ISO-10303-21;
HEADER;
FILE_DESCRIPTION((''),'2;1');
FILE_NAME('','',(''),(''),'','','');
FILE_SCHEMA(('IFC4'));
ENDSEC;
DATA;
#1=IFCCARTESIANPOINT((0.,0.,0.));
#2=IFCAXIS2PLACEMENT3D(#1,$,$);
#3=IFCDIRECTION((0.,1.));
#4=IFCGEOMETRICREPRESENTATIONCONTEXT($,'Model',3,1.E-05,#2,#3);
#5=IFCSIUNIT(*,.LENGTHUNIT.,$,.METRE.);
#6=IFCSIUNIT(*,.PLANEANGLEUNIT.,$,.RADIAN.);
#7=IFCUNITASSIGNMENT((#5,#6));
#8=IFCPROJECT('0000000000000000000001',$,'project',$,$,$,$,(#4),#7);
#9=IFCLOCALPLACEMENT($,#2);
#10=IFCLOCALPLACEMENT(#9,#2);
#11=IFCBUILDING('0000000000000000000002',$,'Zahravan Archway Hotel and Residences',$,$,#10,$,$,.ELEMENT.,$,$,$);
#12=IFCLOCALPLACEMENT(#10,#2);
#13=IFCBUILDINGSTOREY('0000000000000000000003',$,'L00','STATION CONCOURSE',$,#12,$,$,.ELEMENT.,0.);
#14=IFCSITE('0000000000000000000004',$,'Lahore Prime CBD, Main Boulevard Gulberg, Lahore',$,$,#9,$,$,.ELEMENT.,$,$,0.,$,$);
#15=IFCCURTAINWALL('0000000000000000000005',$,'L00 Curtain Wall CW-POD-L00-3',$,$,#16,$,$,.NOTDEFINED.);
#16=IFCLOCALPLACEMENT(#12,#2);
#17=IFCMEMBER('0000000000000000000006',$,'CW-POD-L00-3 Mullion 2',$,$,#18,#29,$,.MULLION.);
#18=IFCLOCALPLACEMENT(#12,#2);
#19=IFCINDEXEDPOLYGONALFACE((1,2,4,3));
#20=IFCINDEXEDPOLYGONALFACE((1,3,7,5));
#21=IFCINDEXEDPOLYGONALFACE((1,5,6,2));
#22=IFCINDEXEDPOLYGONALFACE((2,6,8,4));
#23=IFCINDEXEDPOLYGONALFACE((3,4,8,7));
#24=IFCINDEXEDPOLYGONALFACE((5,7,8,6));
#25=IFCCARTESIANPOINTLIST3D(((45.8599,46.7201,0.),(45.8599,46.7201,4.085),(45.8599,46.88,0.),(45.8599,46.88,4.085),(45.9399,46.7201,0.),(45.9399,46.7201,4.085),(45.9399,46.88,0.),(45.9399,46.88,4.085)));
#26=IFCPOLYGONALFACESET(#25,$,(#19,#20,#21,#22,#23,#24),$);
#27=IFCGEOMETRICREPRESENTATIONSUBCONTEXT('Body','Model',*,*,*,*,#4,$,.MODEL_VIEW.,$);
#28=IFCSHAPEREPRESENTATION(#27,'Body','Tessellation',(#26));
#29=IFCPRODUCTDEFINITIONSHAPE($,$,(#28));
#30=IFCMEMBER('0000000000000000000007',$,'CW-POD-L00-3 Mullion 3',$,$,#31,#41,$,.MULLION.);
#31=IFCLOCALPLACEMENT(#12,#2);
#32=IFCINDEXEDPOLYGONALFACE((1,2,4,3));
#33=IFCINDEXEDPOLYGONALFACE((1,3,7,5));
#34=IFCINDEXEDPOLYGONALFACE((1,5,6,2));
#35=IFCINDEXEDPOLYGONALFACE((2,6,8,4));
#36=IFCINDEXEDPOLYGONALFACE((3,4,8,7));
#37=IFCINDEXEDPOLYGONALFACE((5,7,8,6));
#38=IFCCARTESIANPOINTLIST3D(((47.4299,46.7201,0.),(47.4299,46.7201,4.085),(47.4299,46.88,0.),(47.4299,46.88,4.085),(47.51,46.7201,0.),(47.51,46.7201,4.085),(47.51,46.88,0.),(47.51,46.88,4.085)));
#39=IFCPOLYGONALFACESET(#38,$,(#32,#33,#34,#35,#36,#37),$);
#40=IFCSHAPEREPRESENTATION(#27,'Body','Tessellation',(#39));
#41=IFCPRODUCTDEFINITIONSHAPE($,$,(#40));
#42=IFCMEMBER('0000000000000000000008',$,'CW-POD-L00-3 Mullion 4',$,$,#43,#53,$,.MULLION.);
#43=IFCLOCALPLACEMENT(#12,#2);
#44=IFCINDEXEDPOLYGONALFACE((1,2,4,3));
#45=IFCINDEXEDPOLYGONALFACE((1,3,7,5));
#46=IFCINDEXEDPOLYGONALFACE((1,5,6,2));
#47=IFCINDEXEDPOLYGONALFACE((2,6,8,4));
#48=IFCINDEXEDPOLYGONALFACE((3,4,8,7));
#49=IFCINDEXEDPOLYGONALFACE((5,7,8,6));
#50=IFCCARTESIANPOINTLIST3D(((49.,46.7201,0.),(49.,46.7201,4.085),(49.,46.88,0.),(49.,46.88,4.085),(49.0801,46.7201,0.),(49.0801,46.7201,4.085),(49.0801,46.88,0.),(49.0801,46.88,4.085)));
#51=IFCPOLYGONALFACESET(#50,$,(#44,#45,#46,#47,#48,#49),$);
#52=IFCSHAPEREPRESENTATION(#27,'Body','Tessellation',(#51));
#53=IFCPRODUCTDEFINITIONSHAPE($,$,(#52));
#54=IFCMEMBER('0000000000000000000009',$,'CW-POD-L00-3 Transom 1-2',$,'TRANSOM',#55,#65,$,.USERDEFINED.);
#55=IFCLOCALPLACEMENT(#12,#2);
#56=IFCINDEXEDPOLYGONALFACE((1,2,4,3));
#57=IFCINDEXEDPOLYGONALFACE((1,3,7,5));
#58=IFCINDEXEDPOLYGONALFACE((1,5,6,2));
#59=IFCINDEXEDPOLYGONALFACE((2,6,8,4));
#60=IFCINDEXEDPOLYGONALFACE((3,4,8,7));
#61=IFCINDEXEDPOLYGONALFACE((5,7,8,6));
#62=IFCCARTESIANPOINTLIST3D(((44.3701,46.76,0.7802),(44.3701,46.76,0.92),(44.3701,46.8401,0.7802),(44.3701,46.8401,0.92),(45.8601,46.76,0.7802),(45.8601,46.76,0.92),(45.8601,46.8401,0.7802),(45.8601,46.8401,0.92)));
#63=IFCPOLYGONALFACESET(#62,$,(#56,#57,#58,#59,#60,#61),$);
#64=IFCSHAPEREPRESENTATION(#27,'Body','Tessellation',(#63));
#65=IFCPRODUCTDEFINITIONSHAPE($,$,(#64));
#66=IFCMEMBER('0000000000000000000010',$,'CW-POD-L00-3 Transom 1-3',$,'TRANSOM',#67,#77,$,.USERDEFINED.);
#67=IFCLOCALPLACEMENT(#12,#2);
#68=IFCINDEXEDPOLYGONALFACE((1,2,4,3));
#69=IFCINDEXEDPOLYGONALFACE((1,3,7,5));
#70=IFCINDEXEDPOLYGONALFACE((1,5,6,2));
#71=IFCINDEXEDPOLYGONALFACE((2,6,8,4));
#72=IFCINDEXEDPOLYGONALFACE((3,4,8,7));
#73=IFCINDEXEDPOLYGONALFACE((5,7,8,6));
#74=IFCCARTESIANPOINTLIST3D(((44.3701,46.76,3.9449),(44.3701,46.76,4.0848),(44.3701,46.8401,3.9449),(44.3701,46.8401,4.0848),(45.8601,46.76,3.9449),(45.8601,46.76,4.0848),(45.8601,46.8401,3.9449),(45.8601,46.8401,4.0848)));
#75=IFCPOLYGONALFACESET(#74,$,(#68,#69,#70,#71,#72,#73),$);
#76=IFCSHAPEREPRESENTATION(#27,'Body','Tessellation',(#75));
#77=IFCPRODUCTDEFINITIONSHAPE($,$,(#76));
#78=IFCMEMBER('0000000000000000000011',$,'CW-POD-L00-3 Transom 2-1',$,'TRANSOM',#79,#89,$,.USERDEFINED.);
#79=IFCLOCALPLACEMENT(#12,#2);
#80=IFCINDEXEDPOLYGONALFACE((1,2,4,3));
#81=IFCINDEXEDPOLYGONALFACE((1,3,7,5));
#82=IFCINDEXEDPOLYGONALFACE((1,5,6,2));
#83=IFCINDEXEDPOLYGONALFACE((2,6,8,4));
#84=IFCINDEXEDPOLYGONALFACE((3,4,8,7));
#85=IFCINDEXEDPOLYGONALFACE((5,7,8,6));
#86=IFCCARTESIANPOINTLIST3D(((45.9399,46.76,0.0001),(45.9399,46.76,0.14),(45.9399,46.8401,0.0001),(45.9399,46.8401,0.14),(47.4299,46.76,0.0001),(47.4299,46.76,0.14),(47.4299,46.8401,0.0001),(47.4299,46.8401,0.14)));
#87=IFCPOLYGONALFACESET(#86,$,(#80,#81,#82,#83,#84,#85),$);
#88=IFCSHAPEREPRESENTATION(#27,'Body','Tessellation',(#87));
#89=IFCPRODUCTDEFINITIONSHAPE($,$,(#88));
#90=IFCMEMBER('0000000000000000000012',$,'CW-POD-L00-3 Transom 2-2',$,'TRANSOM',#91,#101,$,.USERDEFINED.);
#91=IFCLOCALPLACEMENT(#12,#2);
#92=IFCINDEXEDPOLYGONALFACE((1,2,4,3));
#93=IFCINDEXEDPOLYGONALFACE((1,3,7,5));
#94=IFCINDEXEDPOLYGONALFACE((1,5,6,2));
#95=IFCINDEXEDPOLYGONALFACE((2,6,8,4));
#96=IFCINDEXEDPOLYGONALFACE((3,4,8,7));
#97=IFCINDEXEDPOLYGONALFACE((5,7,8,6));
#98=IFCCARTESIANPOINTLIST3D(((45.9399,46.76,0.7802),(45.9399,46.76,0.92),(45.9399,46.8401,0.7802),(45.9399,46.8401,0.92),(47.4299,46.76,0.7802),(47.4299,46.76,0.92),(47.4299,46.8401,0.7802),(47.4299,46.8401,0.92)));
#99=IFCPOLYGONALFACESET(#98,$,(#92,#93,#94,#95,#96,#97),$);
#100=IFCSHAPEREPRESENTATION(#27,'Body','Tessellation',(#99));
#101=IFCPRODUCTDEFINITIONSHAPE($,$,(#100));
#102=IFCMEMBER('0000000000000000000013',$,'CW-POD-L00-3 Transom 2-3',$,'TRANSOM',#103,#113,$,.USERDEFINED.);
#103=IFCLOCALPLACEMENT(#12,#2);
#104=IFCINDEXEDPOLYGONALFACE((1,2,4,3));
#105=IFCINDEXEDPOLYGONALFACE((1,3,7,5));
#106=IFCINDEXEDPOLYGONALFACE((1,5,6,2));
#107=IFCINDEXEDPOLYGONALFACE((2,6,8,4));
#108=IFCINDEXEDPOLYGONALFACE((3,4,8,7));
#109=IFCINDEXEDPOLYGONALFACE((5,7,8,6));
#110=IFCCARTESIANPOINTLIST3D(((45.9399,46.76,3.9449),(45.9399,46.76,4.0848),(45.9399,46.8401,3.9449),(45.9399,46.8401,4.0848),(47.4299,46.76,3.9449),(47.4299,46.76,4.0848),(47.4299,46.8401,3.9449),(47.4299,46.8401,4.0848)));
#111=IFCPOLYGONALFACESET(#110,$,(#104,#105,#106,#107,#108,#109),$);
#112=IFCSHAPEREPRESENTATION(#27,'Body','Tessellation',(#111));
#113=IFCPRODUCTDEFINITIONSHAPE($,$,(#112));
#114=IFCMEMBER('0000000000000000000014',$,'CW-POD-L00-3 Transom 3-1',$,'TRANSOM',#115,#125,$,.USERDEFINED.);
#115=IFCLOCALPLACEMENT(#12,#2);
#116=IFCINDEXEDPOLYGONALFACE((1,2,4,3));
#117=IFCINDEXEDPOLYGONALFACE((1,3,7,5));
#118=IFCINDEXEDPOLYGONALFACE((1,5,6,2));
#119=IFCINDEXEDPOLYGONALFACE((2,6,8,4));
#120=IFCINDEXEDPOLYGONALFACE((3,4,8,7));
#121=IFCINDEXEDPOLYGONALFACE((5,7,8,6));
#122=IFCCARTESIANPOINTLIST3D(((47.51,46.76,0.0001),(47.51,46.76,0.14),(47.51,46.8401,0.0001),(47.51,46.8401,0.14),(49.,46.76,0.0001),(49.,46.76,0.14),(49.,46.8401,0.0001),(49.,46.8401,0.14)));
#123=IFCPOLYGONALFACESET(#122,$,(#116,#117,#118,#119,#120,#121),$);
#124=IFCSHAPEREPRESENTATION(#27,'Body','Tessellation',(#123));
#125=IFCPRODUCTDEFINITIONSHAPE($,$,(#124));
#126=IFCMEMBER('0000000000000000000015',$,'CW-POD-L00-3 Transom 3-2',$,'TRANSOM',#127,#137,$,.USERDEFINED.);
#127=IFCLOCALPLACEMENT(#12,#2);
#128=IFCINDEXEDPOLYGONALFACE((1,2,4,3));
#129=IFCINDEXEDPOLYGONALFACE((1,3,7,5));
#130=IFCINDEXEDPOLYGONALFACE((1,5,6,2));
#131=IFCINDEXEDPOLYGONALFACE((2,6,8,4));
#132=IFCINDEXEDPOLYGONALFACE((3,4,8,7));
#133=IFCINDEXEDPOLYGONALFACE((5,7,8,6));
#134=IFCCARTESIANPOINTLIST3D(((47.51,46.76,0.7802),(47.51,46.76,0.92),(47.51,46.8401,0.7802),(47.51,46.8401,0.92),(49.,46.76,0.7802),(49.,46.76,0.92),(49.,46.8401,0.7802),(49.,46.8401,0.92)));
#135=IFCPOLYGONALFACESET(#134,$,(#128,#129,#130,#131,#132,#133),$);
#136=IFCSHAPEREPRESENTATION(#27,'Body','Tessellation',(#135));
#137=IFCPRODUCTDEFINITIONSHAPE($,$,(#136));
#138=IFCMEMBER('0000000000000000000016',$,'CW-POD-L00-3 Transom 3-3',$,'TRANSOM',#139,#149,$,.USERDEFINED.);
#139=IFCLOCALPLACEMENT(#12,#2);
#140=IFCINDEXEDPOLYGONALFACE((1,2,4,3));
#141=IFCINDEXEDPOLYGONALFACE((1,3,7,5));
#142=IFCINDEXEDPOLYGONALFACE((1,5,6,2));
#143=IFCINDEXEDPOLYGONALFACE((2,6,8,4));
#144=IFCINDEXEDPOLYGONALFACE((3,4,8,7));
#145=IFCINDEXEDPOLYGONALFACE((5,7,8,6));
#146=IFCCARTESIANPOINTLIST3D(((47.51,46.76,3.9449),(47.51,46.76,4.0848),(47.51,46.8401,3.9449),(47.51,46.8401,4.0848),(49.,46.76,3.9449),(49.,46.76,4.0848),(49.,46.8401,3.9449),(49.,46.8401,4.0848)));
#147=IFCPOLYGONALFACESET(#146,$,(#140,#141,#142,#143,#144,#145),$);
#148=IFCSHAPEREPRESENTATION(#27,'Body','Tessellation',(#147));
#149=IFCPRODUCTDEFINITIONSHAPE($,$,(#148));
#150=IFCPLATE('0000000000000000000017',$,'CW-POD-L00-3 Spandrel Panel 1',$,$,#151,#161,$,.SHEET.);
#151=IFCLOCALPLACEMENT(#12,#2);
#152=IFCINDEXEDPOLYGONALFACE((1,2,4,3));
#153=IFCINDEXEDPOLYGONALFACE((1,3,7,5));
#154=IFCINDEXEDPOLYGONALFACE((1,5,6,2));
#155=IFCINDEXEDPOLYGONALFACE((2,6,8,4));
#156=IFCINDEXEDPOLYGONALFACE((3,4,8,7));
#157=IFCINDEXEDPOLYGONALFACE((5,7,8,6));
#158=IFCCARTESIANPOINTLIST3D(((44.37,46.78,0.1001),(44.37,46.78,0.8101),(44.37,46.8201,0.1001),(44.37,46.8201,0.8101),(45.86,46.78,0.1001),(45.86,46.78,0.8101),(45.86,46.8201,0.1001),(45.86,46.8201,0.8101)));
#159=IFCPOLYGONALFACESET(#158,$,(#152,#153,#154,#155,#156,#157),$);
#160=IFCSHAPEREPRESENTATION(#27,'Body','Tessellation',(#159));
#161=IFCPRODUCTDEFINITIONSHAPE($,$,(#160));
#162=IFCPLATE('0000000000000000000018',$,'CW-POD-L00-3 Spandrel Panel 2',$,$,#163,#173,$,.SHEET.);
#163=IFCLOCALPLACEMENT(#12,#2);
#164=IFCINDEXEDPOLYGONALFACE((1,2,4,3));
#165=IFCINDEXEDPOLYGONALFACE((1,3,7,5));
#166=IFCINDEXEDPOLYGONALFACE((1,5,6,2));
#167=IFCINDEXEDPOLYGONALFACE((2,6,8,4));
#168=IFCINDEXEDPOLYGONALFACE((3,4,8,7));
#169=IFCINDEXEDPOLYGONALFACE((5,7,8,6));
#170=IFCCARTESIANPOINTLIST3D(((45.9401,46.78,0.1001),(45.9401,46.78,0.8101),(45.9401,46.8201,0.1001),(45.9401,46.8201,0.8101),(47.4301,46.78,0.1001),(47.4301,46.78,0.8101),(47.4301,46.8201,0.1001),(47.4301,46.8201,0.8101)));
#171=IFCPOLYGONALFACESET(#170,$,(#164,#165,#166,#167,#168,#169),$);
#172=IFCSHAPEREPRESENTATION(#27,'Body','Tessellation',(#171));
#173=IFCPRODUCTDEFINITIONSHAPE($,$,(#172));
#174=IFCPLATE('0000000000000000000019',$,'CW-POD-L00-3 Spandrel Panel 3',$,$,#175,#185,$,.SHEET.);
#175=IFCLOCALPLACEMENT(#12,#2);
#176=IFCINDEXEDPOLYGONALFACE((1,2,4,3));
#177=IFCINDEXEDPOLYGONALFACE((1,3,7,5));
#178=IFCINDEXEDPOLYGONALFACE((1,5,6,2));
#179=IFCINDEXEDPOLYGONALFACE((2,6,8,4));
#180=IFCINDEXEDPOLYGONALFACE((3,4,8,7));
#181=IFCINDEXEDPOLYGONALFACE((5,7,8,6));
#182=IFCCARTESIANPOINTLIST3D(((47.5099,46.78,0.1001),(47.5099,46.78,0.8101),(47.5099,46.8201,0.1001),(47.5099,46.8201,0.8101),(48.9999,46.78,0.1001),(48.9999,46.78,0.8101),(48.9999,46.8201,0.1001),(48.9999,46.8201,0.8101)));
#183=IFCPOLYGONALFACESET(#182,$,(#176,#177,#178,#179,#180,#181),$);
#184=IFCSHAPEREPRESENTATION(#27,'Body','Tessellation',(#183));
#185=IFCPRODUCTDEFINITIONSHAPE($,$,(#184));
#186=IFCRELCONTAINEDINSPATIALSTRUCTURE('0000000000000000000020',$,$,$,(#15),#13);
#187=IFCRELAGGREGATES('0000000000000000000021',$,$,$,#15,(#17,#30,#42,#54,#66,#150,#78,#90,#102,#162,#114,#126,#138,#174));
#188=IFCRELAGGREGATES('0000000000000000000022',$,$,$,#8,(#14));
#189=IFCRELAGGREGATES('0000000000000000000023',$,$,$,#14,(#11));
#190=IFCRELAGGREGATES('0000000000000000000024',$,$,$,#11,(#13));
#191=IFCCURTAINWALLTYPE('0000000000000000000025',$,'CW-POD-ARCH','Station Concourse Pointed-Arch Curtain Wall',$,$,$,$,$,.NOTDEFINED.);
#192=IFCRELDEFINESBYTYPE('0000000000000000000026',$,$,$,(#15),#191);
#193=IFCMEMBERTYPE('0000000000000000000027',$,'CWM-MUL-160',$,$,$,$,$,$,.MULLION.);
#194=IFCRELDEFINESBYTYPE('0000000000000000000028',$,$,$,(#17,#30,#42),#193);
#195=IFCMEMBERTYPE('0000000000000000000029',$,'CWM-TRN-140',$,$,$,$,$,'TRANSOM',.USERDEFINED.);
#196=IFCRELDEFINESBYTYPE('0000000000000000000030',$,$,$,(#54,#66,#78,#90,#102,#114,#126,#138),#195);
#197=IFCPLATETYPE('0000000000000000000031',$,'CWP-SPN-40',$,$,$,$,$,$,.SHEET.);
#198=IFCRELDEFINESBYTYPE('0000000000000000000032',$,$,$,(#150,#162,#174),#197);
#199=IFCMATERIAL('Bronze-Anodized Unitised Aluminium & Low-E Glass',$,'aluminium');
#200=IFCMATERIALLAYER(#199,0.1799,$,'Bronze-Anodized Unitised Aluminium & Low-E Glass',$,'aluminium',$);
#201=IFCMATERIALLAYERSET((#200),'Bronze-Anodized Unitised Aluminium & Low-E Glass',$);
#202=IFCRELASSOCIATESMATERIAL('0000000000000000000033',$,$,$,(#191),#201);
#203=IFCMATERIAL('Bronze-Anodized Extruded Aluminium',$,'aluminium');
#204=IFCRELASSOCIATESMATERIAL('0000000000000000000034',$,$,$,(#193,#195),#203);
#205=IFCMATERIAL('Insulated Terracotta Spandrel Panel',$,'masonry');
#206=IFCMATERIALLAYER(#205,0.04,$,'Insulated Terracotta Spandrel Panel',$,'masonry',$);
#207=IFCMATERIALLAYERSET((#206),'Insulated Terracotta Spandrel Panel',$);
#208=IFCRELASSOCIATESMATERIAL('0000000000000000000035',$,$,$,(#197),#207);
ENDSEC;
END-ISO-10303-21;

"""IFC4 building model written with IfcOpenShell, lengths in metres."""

from ifc_helpers import new_model, si_unit, direction, frame, origin, origin_2d, place, context, subcontext, project, spatial, rectangle, extrude, source, transform, mapped, material, layer, layer_set, material_profile, profile_set, type_object, type_shapes, element, aggregate, save


model = new_model("IFC4")

# Units and contexts
model_context = context("Model", 3, precision=1e-05, world=origin(), true_north=direction((0.0, 1.0)))
body_context = subcontext(model_context, "Body", "Model", "MODEL_VIEW")
ifc_project = project(units=[si_unit("LENGTHUNIT", "METRE"), si_unit("PLANEANGLEUNIT", "RADIAN")], contexts=[model_context])

# Site, building, storey
site_placement = place(None, origin())
site = spatial("IfcSite", under=ifc_project, at=site_placement, Name="Lahore Prime CBD, Main Boulevard Gulberg, Lahore", CompositionType="ELEMENT", RefElevation=0.0)
building_placement = place(site_placement, origin())
building = spatial("IfcBuilding", under=site, at=building_placement, Name="Zahravan Archway Hotel and Residences", CompositionType="ELEMENT")
storey_placement = place(building_placement, origin())
storey = spatial("IfcBuildingStorey", under=building, at=storey_placement, Name="L00", Description="STATION CONCOURSE", CompositionType="ELEMENT", Elevation=0.0)

# Curtain wall, members, plates
ifc_material_1 = material(Name="Bronze-Anodized Unitised Aluminium & Low-E Glass", Category="aluminium")
ifc_layer_1 = layer(ifc_material_1, 0.1799, Name="Bronze-Anodized Unitised Aluminium & Low-E Glass", Category="aluminium")
ifc_layer_set_1 = layer_set([ifc_layer_1], Name="Bronze-Anodized Unitised Aluminium & Low-E Glass")
curtain_wall_type = type_object("IfcCurtainWallType", Name="CW-POD-ARCH", Description="Station Concourse Pointed-Arch Curtain Wall", PredefinedType="NOTDEFINED", material=ifc_layer_set_1)
curtain_wall_placement = place(storey_placement, origin())
curtain_wall = element("IfcCurtainWall", 1, at=curtain_wall_placement, inside=storey, type_object=curtain_wall_type, Name="L00 Curtain Wall CW-POD-L00-3", PredefinedType="NOTDEFINED")
ifc_material_2 = material(Name="Bronze-Anodized Extruded Aluminium", Category="aluminium")
ifc_material_profile_1 = material_profile(ifc_material_2, rectangle(XDim=0.0801, YDim=0.1599, at=origin_2d()), Name="MUL 80x160", Category="aluminium")
ifc_profile_set_1 = profile_set([ifc_material_profile_1], Name="Bronze-Anodized Extruded Aluminium")
member_type_1 = type_object("IfcMemberType", Name="CWM-MUL-160", PredefinedType="MULLION", material=ifc_profile_set_1)
shared_shape_1 = source(origin(), body_context, "Body", "SweptSolid", [
    extrude(rectangle(XDim=0.0801, YDim=0.1599, at=origin_2d()), origin(), (0.0, 0.0, 1.0), 4.085),
])
type_shapes(member_type_1, [shared_shape_1])
member_1_placement = place(storey_placement, frame((45.8999, 46.8, 0.0), z_axis=(0.0, 0.0, 1.0), x_axis=(1.0, 0.0, 0.0)))
member_1 = element("IfcMember", 2, at=member_1_placement, type_object=member_type_1, Name="CW-POD-L00-3 Mullion 2", PredefinedType="MULLION", context=body_context, shape_type="MappedRepresentation", body=[
    mapped(shared_shape_1, transform((0.0, 0.0, 0.0), scale=1.0)),
])
member_2_placement = place(storey_placement, frame((47.47, 46.8, 0.0), z_axis=(0.0, 0.0, 1.0), x_axis=(1.0, 0.0, 0.0)))
member_2 = element("IfcMember", 3, at=member_2_placement, type_object=member_type_1, Name="CW-POD-L00-3 Mullion 3", PredefinedType="MULLION", context=body_context, shape_type="MappedRepresentation", body=[
    mapped(shared_shape_1, transform((0.0, 0.0, 0.0), scale=1.0)),
])
member_3_placement = place(storey_placement, frame((49.04, 46.8, 0.0), z_axis=(0.0, 0.0, 1.0), x_axis=(1.0, 0.0, 0.0)))
member_3 = element("IfcMember", 4, at=member_3_placement, type_object=member_type_1, Name="CW-POD-L00-3 Mullion 4", PredefinedType="MULLION", context=body_context, shape_type="MappedRepresentation", body=[
    mapped(shared_shape_1, transform((0.0, 0.0, 0.0), scale=1.0)),
])
ifc_material_profile_2 = material_profile(ifc_material_2, rectangle(XDim=0.0801, YDim=0.1399, at=origin_2d()), Name="TRN 80x140", Category="aluminium")
ifc_profile_set_2 = profile_set([ifc_material_profile_2], Name="Bronze-Anodized Extruded Aluminium")
member_type_2 = type_object("IfcMemberType", Name="CWM-TRN-140", ElementType="TRANSOM", PredefinedType="USERDEFINED", material=ifc_profile_set_2)
shared_shape_2 = source(origin(), body_context, "Body", "SweptSolid", [
    extrude(rectangle(XDim=0.0801, YDim=0.1399, at=origin_2d()), origin(), (0.0, 0.0, 1.0), 1.49),
])
member_4_placement = place(storey_placement, frame((44.3701, 46.8, 0.8501), z_axis=(1.0, 0.0, 0.0), x_axis=(0.0, 1.0, 0.0)))
member_4 = element("IfcMember", 5, at=member_4_placement, type_object=member_type_2, Name="CW-POD-L00-3 Transom 1-2", ObjectType="TRANSOM", PredefinedType="USERDEFINED", context=body_context, shape_type="MappedRepresentation", body=[
    mapped(shared_shape_2, transform((0.0, 0.0, 0.0), scale=1.0)),
])
member_5_placement = place(storey_placement, frame((44.3701, 46.8, 4.0149), z_axis=(1.0, 0.0, 0.0), x_axis=(0.0, 1.0, 0.0)))
member_5 = element("IfcMember", 6, at=member_5_placement, type_object=member_type_2, Name="CW-POD-L00-3 Transom 1-3", ObjectType="TRANSOM", PredefinedType="USERDEFINED", context=body_context, shape_type="MappedRepresentation", body=[
    mapped(shared_shape_2, transform((0.0, 0.0, 0.0), scale=1.0)),
])
member_6_placement = place(storey_placement, frame((45.9399, 46.8, 0.0701), z_axis=(1.0, 0.0, 0.0), x_axis=(0.0, 1.0, 0.0)))
member_6 = element("IfcMember", 7, at=member_6_placement, type_object=member_type_2, Name="CW-POD-L00-3 Transom 2-1", ObjectType="TRANSOM", PredefinedType="USERDEFINED", context=body_context, shape_type="MappedRepresentation", body=[
    mapped(shared_shape_2, transform((0.0, 0.0, 0.0), scale=1.0)),
])
member_7_placement = place(storey_placement, frame((45.9399, 46.8, 0.8501), z_axis=(1.0, 0.0, 0.0), x_axis=(0.0, 1.0, 0.0)))
member_7 = element("IfcMember", 8, at=member_7_placement, type_object=member_type_2, Name="CW-POD-L00-3 Transom 2-2", ObjectType="TRANSOM", PredefinedType="USERDEFINED", context=body_context, shape_type="MappedRepresentation", body=[
    mapped(shared_shape_2, transform((0.0, 0.0, 0.0), scale=1.0)),
])
member_8_placement = place(storey_placement, frame((45.9399, 46.8, 4.0149), z_axis=(1.0, 0.0, 0.0), x_axis=(0.0, 1.0, 0.0)))
member_8 = element("IfcMember", 9, at=member_8_placement, type_object=member_type_2, Name="CW-POD-L00-3 Transom 2-3", ObjectType="TRANSOM", PredefinedType="USERDEFINED", context=body_context, shape_type="MappedRepresentation", body=[
    mapped(shared_shape_2, transform((0.0, 0.0, 0.0), scale=1.0)),
])
member_9_placement = place(storey_placement, frame((47.51, 46.8, 0.0701), z_axis=(1.0, 0.0, 0.0), x_axis=(0.0, 1.0, 0.0)))
member_9 = element("IfcMember", 10, at=member_9_placement, type_object=member_type_2, Name="CW-POD-L00-3 Transom 3-1", ObjectType="TRANSOM", PredefinedType="USERDEFINED", context=body_context, shape_type="MappedRepresentation", body=[
    mapped(shared_shape_2, transform((0.0, 0.0, 0.0), scale=1.0)),
])
member_10_placement = place(storey_placement, frame((47.51, 46.8, 0.8501), z_axis=(1.0, 0.0, 0.0), x_axis=(0.0, 1.0, 0.0)))
member_10 = element("IfcMember", 11, at=member_10_placement, type_object=member_type_2, Name="CW-POD-L00-3 Transom 3-2", ObjectType="TRANSOM", PredefinedType="USERDEFINED", context=body_context, shape_type="MappedRepresentation", body=[
    mapped(shared_shape_2, transform((0.0, 0.0, 0.0), scale=1.0)),
])
member_11_placement = place(storey_placement, frame((47.51, 46.8, 4.0149), z_axis=(1.0, 0.0, 0.0), x_axis=(0.0, 1.0, 0.0)))
member_11 = element("IfcMember", 12, at=member_11_placement, type_object=member_type_2, Name="CW-POD-L00-3 Transom 3-3", ObjectType="TRANSOM", PredefinedType="USERDEFINED", context=body_context, shape_type="MappedRepresentation", body=[
    mapped(shared_shape_2, transform((0.0, 0.0, 0.0), scale=1.0)),
])
ifc_material_3 = material(Name="Insulated Terracotta Spandrel Panel", Category="masonry")
ifc_layer_2 = layer(ifc_material_3, 0.04, Name="Insulated Terracotta Spandrel Panel", Category="masonry")
ifc_layer_set_2 = layer_set([ifc_layer_2], Name="Insulated Terracotta Spandrel Panel")
plate_type_1 = type_object("IfcPlateType", Name="CWP-SPN-40", PredefinedType="SHEET", material=ifc_layer_set_2)
shared_shape_3 = source(origin(), body_context, "Body", "SweptSolid", [
    extrude(rectangle(XDim=1.49, YDim=0.04, at=origin_2d()), origin(), (0.0, 0.0, 1.0), 0.71),
])
plate_1_placement = place(storey_placement, frame((45.115, 46.8, 0.1001), z_axis=(0.0, 0.0, 1.0), x_axis=(1.0, 0.0, 0.0)))
plate_1 = element("IfcPlate", 13, at=plate_1_placement, type_object=plate_type_1, Name="CW-POD-L00-3 Spandrel Panel 1", PredefinedType="SHEET", context=body_context, shape_type="MappedRepresentation", body=[
    mapped(shared_shape_3, transform((0.0, 0.0, 0.0), scale=1.0)),
])
plate_2_placement = place(storey_placement, frame((46.6851, 46.8, 0.1001), z_axis=(0.0, 0.0, 1.0), x_axis=(1.0, 0.0, 0.0)))
plate_2 = element("IfcPlate", 14, at=plate_2_placement, type_object=plate_type_1, Name="CW-POD-L00-3 Spandrel Panel 2", PredefinedType="SHEET", context=body_context, shape_type="MappedRepresentation", body=[
    mapped(shared_shape_3, transform((0.0, 0.0, 0.0), scale=1.0)),
])
plate_3_placement = place(storey_placement, frame((48.2549, 46.8, 0.1001), z_axis=(0.0, 0.0, 1.0), x_axis=(1.0, 0.0, 0.0)))
plate_3 = element("IfcPlate", 15, at=plate_3_placement, type_object=plate_type_1, Name="CW-POD-L00-3 Spandrel Panel 3", PredefinedType="SHEET", context=body_context, shape_type="MappedRepresentation", body=[
    mapped(shared_shape_3, transform((0.0, 0.0, 0.0), scale=1.0)),
])
aggregate(curtain_wall, [member_1, member_2, member_3, member_4, member_5, plate_1, member_6, member_7, member_8, plate_2, member_9, member_10, member_11, plate_3])

save(model, "model.ifc")
